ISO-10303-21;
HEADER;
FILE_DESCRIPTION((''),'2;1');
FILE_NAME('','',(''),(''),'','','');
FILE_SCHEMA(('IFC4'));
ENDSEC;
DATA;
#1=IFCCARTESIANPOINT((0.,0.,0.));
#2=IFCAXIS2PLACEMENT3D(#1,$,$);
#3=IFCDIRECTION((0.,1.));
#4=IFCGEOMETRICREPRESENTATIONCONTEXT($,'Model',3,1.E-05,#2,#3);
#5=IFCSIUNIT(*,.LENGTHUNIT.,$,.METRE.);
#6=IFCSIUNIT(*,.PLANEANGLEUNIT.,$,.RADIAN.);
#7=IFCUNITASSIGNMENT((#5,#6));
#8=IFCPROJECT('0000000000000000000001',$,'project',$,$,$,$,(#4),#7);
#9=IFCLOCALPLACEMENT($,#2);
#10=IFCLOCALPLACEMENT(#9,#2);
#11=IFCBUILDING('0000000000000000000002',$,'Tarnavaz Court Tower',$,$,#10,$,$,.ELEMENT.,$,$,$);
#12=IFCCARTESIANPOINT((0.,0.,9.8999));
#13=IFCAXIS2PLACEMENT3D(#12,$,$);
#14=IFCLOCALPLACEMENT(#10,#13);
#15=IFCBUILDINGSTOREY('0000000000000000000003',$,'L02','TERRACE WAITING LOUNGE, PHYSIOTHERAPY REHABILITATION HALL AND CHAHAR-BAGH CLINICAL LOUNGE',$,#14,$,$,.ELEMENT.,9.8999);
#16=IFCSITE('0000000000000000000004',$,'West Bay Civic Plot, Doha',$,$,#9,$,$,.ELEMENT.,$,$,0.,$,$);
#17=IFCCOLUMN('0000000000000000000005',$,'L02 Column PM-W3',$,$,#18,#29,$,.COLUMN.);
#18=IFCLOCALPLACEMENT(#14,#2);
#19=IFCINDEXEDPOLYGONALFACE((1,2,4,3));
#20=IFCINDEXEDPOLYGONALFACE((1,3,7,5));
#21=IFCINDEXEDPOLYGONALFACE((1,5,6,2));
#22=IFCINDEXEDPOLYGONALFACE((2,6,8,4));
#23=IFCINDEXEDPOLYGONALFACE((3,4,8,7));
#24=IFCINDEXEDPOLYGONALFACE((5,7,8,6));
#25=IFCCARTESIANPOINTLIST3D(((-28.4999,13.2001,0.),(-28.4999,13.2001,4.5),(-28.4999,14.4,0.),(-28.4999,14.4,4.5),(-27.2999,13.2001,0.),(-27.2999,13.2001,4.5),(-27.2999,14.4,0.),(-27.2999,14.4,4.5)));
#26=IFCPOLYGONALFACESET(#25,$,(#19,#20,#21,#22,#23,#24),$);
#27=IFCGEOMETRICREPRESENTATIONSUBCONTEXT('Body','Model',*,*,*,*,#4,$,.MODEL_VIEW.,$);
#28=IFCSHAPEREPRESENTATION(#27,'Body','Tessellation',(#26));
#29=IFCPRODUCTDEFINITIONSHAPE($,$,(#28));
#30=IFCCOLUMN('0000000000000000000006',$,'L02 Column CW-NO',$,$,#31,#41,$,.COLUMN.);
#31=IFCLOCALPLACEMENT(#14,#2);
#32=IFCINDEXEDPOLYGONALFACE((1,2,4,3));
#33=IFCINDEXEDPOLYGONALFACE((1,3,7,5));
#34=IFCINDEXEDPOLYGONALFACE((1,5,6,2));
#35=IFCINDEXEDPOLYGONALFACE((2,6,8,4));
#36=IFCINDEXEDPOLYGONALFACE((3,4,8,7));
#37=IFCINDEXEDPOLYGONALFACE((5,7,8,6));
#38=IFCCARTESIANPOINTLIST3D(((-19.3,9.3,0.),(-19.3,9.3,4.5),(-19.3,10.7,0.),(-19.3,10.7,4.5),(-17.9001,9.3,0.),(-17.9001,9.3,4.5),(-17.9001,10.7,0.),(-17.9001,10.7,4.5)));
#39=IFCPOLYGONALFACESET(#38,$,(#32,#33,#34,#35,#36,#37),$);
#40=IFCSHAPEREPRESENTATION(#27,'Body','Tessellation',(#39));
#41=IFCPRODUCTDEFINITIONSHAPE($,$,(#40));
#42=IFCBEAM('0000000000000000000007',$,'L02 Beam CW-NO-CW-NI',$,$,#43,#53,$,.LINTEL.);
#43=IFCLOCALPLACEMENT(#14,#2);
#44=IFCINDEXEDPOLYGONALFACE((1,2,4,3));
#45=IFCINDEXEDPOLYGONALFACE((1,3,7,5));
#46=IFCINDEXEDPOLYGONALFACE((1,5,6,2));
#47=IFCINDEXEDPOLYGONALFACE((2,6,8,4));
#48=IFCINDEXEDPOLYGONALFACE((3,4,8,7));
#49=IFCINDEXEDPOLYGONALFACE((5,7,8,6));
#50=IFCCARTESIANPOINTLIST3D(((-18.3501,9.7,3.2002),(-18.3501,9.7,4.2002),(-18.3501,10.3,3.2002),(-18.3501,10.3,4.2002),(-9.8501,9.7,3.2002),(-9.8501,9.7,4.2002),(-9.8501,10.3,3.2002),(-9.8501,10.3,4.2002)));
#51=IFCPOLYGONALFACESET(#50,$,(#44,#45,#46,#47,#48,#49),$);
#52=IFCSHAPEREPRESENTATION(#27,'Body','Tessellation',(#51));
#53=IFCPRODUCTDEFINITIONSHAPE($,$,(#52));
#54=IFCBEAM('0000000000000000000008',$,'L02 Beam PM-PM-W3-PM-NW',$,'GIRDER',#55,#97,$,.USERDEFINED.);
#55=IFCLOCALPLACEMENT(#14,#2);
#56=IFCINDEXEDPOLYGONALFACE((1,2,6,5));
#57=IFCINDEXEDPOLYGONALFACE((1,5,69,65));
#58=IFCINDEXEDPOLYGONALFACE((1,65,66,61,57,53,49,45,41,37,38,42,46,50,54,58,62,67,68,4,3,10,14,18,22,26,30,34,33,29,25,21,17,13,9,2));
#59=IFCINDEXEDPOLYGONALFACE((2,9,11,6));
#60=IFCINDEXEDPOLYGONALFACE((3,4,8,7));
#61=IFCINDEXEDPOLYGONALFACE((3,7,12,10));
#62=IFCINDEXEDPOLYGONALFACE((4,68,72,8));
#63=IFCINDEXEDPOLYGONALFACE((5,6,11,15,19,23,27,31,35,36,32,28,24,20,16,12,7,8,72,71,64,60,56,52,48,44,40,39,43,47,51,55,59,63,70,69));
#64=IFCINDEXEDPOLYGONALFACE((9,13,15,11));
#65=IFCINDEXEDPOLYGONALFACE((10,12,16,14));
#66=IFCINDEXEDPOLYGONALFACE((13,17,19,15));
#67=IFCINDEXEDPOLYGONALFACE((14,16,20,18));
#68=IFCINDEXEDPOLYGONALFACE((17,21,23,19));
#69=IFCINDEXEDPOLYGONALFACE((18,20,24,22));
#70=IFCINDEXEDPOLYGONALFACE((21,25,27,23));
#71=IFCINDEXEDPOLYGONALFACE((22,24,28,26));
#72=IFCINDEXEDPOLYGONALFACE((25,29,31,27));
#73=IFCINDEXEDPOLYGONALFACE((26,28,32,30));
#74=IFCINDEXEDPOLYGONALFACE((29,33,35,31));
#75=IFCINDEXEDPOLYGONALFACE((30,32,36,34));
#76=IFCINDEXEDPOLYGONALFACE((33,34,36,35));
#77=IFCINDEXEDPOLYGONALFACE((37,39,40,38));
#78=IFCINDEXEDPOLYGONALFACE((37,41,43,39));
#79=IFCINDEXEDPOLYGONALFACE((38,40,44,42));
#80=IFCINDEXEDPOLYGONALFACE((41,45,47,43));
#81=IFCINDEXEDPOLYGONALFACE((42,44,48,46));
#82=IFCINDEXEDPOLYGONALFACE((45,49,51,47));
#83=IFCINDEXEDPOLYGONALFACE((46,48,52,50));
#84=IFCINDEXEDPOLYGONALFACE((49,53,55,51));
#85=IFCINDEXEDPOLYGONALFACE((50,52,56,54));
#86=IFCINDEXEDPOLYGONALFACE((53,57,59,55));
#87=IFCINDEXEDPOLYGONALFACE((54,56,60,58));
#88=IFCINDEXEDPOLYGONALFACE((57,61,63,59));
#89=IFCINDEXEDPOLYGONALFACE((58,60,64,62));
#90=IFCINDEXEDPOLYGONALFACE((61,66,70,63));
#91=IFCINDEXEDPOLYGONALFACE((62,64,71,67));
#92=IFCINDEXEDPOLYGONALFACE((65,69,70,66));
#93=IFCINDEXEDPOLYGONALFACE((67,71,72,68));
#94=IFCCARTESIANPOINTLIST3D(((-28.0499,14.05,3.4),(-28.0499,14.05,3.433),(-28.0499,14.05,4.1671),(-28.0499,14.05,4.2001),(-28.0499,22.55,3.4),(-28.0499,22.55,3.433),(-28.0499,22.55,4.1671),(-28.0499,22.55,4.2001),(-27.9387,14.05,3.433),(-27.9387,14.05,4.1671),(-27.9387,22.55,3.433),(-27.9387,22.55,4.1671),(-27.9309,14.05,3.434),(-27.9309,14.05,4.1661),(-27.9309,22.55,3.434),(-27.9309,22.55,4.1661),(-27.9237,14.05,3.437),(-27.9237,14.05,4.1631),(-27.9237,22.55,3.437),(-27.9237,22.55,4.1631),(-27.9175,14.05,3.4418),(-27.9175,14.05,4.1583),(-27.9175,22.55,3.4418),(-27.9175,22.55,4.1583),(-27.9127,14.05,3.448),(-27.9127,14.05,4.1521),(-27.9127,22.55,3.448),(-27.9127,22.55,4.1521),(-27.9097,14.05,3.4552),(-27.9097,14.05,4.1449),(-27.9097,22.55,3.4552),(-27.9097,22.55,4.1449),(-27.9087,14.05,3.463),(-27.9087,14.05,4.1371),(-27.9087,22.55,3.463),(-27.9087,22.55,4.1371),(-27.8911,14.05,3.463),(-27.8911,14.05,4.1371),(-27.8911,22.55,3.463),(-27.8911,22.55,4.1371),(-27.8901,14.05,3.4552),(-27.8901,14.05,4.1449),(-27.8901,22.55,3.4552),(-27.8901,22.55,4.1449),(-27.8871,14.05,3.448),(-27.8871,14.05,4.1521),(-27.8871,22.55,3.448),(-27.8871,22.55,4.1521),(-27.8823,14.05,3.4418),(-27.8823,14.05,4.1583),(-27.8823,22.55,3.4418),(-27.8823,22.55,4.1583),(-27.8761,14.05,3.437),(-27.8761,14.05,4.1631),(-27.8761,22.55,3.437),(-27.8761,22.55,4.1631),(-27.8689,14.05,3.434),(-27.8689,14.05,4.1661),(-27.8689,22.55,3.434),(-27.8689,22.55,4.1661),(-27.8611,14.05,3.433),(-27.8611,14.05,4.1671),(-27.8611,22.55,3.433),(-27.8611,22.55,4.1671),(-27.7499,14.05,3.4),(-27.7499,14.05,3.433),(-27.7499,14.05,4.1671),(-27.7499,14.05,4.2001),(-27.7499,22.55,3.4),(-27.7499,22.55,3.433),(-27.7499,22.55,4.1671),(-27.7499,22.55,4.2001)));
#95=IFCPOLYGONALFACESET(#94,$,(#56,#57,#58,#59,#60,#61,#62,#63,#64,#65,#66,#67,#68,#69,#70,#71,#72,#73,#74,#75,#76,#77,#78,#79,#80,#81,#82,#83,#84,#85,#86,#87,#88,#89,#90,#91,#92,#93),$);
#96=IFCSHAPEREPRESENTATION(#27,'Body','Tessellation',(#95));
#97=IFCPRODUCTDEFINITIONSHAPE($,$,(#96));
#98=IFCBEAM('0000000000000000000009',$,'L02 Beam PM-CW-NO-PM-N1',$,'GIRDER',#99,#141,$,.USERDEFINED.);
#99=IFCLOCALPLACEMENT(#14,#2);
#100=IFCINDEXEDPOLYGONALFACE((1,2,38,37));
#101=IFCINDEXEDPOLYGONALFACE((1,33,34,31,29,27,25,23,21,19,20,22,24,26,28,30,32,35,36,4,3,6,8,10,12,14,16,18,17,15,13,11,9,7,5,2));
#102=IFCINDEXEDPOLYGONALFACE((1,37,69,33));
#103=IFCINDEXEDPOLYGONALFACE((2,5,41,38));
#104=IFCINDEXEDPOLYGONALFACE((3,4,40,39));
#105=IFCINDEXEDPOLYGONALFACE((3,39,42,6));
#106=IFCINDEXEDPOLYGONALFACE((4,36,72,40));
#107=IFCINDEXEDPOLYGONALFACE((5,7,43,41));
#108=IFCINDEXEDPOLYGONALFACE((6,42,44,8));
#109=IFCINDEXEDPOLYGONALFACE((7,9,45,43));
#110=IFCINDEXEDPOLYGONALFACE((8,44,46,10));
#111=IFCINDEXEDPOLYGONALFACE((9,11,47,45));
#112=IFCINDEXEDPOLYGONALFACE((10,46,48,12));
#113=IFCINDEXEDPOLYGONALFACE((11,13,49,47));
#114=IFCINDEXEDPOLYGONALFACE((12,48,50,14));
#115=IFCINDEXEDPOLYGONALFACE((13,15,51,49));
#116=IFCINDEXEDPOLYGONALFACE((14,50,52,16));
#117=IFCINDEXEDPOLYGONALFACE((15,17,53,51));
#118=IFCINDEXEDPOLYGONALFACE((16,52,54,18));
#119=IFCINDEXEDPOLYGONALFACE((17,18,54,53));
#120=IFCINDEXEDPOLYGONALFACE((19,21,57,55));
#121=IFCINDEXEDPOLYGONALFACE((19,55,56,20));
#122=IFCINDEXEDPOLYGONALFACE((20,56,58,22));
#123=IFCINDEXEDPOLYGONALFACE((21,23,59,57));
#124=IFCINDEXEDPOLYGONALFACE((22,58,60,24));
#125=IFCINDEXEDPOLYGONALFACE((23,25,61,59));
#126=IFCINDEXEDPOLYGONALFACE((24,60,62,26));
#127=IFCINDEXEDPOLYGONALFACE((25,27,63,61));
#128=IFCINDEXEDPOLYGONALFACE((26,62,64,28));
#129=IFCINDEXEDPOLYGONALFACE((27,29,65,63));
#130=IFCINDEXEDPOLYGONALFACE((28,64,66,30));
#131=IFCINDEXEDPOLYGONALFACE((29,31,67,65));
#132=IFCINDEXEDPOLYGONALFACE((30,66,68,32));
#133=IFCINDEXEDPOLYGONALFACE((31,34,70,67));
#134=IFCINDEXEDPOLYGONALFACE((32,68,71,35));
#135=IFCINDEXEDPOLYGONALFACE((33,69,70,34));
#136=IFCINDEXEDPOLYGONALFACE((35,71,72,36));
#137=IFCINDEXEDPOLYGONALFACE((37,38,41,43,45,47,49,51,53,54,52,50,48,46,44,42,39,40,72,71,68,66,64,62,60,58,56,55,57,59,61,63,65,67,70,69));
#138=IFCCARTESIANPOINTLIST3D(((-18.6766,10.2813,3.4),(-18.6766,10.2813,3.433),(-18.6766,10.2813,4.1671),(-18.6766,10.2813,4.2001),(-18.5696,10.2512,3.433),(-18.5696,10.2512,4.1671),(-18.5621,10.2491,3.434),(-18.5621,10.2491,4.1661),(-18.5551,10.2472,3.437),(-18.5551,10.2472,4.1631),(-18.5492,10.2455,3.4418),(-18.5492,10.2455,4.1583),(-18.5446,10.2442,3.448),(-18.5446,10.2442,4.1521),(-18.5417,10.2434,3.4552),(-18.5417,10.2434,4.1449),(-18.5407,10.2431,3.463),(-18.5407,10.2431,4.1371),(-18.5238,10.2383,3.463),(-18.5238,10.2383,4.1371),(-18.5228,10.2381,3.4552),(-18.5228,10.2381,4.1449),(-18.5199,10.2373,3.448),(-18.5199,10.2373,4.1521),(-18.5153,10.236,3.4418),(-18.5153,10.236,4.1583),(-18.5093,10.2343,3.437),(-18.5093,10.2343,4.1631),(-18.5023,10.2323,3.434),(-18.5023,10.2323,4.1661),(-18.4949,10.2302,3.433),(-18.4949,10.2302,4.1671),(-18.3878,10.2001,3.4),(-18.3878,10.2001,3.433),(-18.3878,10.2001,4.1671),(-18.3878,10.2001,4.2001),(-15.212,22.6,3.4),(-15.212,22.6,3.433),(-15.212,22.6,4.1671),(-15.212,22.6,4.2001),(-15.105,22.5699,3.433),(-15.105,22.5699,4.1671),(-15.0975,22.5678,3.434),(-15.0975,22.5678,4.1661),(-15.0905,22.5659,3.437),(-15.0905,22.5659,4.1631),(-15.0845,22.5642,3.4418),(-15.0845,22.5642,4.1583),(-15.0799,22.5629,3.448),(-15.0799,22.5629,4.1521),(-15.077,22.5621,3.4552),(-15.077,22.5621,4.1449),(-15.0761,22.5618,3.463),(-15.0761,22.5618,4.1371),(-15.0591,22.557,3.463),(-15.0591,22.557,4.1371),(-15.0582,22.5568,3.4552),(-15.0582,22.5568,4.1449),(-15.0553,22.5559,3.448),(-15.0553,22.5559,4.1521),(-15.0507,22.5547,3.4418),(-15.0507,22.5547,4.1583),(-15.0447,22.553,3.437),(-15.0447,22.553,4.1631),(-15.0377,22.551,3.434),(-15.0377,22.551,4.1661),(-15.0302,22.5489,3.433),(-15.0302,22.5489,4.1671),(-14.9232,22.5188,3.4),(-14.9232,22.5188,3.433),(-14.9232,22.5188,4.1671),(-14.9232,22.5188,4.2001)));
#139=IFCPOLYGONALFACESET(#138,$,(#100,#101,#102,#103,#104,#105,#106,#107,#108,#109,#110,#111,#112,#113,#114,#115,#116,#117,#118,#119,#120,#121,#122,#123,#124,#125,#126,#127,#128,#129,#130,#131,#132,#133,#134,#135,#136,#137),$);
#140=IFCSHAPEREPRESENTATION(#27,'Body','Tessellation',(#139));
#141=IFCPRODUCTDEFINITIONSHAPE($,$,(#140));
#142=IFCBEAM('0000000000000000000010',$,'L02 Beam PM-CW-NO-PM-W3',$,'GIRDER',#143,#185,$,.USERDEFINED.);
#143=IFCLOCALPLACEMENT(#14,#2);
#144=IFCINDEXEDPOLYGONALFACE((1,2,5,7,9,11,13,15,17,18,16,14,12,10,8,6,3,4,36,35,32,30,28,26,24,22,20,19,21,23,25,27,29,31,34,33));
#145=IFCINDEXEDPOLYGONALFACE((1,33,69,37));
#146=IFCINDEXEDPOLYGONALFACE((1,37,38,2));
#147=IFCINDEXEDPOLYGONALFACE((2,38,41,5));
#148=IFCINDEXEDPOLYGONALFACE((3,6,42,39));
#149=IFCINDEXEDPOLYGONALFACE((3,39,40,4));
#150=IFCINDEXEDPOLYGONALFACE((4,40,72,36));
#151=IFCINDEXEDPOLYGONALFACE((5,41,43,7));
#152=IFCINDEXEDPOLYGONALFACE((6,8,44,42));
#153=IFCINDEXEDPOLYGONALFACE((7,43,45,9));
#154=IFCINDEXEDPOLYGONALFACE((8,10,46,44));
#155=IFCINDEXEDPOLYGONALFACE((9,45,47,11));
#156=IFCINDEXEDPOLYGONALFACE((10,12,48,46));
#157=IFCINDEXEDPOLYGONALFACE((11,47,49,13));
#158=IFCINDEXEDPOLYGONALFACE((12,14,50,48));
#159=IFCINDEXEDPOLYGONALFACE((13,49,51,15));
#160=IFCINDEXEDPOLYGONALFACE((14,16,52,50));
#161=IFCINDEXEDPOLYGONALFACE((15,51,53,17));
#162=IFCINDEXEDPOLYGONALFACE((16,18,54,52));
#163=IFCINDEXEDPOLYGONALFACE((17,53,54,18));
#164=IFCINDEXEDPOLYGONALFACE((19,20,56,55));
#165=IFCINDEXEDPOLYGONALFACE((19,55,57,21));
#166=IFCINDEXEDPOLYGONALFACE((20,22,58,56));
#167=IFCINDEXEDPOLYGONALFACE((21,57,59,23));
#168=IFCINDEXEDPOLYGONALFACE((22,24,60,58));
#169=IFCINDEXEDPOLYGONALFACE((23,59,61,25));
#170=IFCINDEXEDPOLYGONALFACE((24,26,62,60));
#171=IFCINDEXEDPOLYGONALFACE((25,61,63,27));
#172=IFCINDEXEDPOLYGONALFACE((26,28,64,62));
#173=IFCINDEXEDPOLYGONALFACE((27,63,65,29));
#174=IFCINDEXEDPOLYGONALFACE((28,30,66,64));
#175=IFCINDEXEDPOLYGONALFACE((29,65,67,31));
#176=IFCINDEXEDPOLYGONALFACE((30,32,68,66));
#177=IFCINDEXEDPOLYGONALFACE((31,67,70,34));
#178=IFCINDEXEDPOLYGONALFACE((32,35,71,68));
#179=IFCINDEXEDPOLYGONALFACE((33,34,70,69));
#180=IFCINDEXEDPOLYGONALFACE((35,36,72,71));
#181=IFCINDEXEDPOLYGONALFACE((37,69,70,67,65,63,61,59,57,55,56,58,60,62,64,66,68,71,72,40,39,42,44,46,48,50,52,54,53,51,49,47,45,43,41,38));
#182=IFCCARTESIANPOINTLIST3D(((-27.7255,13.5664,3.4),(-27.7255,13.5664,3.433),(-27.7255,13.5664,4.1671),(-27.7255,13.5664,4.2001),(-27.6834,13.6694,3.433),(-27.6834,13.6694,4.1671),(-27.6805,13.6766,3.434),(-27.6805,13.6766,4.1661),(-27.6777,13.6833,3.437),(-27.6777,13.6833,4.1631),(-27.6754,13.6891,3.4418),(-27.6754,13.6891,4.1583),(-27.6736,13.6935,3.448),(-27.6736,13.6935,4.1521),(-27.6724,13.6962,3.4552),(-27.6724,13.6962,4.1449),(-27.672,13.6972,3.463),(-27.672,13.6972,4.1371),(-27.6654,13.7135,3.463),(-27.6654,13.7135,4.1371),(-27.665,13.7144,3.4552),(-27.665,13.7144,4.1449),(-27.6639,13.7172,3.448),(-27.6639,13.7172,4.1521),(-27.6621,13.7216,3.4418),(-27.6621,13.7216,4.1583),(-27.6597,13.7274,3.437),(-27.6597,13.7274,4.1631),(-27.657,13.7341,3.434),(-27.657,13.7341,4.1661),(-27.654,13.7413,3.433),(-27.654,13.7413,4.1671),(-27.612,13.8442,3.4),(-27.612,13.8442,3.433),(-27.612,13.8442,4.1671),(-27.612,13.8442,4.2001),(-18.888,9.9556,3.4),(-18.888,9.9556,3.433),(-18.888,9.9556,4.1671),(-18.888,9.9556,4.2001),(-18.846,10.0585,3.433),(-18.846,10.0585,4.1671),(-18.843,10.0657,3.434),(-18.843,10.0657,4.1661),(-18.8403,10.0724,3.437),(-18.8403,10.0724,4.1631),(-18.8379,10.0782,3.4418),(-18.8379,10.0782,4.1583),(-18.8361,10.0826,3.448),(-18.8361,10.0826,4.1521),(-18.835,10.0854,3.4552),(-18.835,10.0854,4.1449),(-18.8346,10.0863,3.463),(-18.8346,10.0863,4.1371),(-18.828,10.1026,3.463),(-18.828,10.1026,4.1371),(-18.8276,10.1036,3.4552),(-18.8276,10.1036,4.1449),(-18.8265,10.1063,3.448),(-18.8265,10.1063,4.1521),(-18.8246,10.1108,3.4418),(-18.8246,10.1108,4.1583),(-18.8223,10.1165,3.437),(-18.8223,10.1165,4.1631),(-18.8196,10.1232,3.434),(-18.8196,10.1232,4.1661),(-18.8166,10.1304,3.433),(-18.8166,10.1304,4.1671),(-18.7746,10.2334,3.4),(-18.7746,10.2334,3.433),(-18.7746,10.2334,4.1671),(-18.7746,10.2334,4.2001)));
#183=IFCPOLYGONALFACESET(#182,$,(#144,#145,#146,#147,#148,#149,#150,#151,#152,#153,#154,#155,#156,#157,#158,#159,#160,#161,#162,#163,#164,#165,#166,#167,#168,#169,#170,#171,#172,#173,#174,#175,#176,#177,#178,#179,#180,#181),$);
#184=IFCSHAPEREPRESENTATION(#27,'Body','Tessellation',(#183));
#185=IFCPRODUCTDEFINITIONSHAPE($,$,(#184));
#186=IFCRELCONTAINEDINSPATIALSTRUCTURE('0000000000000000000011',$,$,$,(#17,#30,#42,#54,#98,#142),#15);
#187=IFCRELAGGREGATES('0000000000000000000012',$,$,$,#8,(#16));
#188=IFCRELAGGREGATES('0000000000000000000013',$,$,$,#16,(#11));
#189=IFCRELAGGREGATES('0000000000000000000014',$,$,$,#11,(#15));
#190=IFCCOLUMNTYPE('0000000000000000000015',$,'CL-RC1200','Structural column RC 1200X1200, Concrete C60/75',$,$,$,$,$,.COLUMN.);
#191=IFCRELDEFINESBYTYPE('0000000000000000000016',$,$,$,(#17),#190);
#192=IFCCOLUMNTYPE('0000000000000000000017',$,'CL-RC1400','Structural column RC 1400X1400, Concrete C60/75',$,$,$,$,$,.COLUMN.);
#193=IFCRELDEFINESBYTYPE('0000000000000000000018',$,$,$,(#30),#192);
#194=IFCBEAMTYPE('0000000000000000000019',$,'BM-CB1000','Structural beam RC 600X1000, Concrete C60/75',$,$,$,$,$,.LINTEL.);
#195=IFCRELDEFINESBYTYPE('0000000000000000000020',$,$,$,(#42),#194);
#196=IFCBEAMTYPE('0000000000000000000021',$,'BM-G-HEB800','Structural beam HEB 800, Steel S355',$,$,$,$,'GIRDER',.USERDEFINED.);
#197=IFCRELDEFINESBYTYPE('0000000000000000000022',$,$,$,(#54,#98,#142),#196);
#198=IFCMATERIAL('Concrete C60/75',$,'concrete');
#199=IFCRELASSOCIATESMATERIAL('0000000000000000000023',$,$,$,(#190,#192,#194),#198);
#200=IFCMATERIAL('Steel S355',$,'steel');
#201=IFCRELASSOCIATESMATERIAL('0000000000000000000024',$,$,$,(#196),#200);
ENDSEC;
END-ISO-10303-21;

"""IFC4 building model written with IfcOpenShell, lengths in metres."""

from ifc_helpers import new_model, si_unit, direction, frame, origin, origin_2d, place, context, subcontext, project, spatial, rectangle, i_section, extrude, material, material_profile, profile_set, type_object, element, save


model = new_model("IFC4")

# Units and contexts
model_context = context("Model", 3, precision=1e-05, world=origin(), true_north=direction((0.0, 1.0)))
body_context = subcontext(model_context, "Body", "Model", "MODEL_VIEW")
ifc_project = project(units=[si_unit("LENGTHUNIT", "METRE"), si_unit("PLANEANGLEUNIT", "RADIAN")], contexts=[model_context])

# Site, building, storey
site_placement = place(None, origin())
site = spatial("IfcSite", under=ifc_project, at=site_placement, Name="West Bay Civic Plot, Doha", CompositionType="ELEMENT", RefElevation=0.0)
building_placement = place(site_placement, origin())
building = spatial("IfcBuilding", under=site, at=building_placement, Name="Tarnavaz Court Tower", CompositionType="ELEMENT")
storey_placement = place(building_placement, frame((0.0, 0.0, 9.8999)))
storey = spatial("IfcBuildingStorey", under=building, at=storey_placement, Name="L02", Description="TERRACE WAITING LOUNGE, PHYSIOTHERAPY REHABILITATION HALL AND CHAHAR-BAGH CLINICAL LOUNGE", CompositionType="ELEMENT", Elevation=9.8999)

# Columns
ifc_material_1 = material(Name="Concrete C60/75", Category="concrete")
ifc_material_profile_1 = material_profile(ifc_material_1, rectangle(XDim=1.2, YDim=1.2, at=origin_2d()), Name="RC 1200X1200")
ifc_profile_set_1 = profile_set([ifc_material_profile_1], Name="Concrete C60/75")
column_type_1 = type_object("IfcColumnType", Name="CL-RC1200", Description="Structural column RC 1200X1200, Concrete C60/75", PredefinedType="COLUMN", material=ifc_profile_set_1)
column_1_placement = place(storey_placement, frame((-27.8999, 13.8, 0.0), z_axis=(0.0, 0.0, 1.0), x_axis=(1.0, 0.0, 0.0)))
element("IfcColumn", 1, at=column_1_placement, inside=storey, type_object=column_type_1, Name="L02 Column PM-W3", PredefinedType="COLUMN", context=body_context, shape_type="SweptSolid", body=[
    extrude(rectangle(XDim=1.2, YDim=1.2, at=origin_2d()), origin(), (0.0, 0.0, 1.0), 4.5),
])
ifc_material_profile_2 = material_profile(ifc_material_1, rectangle(XDim=1.3999, YDim=1.3999, at=origin_2d()), Name="RC 1400X1400")
ifc_profile_set_2 = profile_set([ifc_material_profile_2], Name="Concrete C60/75")
column_type_2 = type_object("IfcColumnType", Name="CL-RC1400", Description="Structural column RC 1400X1400, Concrete C60/75", PredefinedType="COLUMN", material=ifc_profile_set_2)
column_2_placement = place(storey_placement, frame((-18.6001, 10.0, 0.0), z_axis=(0.0, 0.0, 1.0), x_axis=(1.0, 0.0, 0.0)))
element("IfcColumn", 2, at=column_2_placement, inside=storey, type_object=column_type_2, Name="L02 Column CW-NO", PredefinedType="COLUMN", context=body_context, shape_type="SweptSolid", body=[
    extrude(rectangle(XDim=1.3999, YDim=1.3999, at=origin_2d()), origin(), (0.0, 0.0, 1.0), 4.5),
])

# Beams
ifc_material_profile_3 = material_profile(ifc_material_1, rectangle(XDim=0.6001, YDim=1.0, at=origin_2d()), Name="RC 600X1000")
ifc_profile_set_3 = profile_set([ifc_material_profile_3], Name="Concrete C60/75")
beam_type_1 = type_object("IfcBeamType", Name="BM-CB1000", Description="Structural beam RC 600X1000, Concrete C60/75", PredefinedType="LINTEL", material=ifc_profile_set_3)
beam_1_placement = place(storey_placement, frame((-18.3501, 10.0, 3.7002), z_axis=(1.0, 0.0, 0.0), x_axis=(0.0, 1.0, 0.0)))
element("IfcBeam", 3, at=beam_1_placement, inside=storey, type_object=beam_type_1, Name="L02 Beam CW-NO-CW-NI", PredefinedType="LINTEL", context=body_context, shape_type="SweptSolid", body=[
    extrude(rectangle(XDim=0.6001, YDim=1.0, at=origin_2d()), origin(), (0.0, 0.0, 1.0), 8.5),
])
ifc_material_2 = material(Name="Steel S355", Category="steel")
ifc_material_profile_4 = material_profile(ifc_material_2, i_section(OverallWidth=0.3, OverallDepth=0.8, WebThickness=0.0176, FlangeThickness=0.033, FilletRadius=0.03, at=origin_2d()), Name="HEB 800")
ifc_profile_set_4 = profile_set([ifc_material_profile_4], Name="Steel S355")
beam_type_2 = type_object("IfcBeamType", Name="BM-G-HEB800", Description="Structural beam HEB 800, Steel S355", ElementType="GIRDER", PredefinedType="USERDEFINED", material=ifc_profile_set_4)
beam_2_placement = place(storey_placement, frame((-27.8999, 14.05, 3.8), z_axis=(0.0, 1.0, 0.0), x_axis=(-1.0, 0.0, 0.0)))
element("IfcBeam", 4, at=beam_2_placement, inside=storey, type_object=beam_type_2, Name="L02 Beam PM-PM-W3-PM-NW", ObjectType="GIRDER", PredefinedType="USERDEFINED", context=body_context, shape_type="SweptSolid", body=[
    extrude(i_section(OverallWidth=0.3, OverallDepth=0.8, WebThickness=0.0176, FlangeThickness=0.033, FilletRadius=0.03, at=origin_2d()), origin(), (0.0, 0.0, 1.0), 8.5),
])
beam_3_placement = place(storey_placement, frame((-18.5322, 10.2407, 3.8), z_axis=(0.270745, 0.962651, 0.0), x_axis=(-0.962651, 0.270745, 0.0)))
element("IfcBeam", 5, at=beam_3_placement, inside=storey, type_object=beam_type_2, Name="L02 Beam PM-CW-NO-PM-N1", ObjectType="GIRDER", PredefinedType="USERDEFINED", context=body_context, shape_type="SweptSolid", body=[
    extrude(i_section(OverallWidth=0.3, OverallDepth=0.8, WebThickness=0.0176, FlangeThickness=0.033, FilletRadius=0.03, at=origin_2d()), origin(), (0.0, 0.0, 1.0), 12.7966),
])
beam_4_placement = place(storey_placement, frame((-18.8313, 10.0945, 3.8), z_axis=(-0.925711, 0.378233, 0.0), x_axis=(-0.378233, -0.925711, 0.0)))
element("IfcBeam", 6, at=beam_4_placement, inside=storey, type_object=beam_type_2, Name="L02 Beam PM-CW-NO-PM-W3", ObjectType="GIRDER", PredefinedType="USERDEFINED", context=body_context, shape_type="SweptSolid", body=[
    extrude(i_section(OverallWidth=0.3, OverallDepth=0.8, WebThickness=0.0176, FlangeThickness=0.033, FilletRadius=0.03, at=origin_2d()), origin(), (0.0, 0.0, 1.0), 9.5466),
])

save(model, "model.ifc")
